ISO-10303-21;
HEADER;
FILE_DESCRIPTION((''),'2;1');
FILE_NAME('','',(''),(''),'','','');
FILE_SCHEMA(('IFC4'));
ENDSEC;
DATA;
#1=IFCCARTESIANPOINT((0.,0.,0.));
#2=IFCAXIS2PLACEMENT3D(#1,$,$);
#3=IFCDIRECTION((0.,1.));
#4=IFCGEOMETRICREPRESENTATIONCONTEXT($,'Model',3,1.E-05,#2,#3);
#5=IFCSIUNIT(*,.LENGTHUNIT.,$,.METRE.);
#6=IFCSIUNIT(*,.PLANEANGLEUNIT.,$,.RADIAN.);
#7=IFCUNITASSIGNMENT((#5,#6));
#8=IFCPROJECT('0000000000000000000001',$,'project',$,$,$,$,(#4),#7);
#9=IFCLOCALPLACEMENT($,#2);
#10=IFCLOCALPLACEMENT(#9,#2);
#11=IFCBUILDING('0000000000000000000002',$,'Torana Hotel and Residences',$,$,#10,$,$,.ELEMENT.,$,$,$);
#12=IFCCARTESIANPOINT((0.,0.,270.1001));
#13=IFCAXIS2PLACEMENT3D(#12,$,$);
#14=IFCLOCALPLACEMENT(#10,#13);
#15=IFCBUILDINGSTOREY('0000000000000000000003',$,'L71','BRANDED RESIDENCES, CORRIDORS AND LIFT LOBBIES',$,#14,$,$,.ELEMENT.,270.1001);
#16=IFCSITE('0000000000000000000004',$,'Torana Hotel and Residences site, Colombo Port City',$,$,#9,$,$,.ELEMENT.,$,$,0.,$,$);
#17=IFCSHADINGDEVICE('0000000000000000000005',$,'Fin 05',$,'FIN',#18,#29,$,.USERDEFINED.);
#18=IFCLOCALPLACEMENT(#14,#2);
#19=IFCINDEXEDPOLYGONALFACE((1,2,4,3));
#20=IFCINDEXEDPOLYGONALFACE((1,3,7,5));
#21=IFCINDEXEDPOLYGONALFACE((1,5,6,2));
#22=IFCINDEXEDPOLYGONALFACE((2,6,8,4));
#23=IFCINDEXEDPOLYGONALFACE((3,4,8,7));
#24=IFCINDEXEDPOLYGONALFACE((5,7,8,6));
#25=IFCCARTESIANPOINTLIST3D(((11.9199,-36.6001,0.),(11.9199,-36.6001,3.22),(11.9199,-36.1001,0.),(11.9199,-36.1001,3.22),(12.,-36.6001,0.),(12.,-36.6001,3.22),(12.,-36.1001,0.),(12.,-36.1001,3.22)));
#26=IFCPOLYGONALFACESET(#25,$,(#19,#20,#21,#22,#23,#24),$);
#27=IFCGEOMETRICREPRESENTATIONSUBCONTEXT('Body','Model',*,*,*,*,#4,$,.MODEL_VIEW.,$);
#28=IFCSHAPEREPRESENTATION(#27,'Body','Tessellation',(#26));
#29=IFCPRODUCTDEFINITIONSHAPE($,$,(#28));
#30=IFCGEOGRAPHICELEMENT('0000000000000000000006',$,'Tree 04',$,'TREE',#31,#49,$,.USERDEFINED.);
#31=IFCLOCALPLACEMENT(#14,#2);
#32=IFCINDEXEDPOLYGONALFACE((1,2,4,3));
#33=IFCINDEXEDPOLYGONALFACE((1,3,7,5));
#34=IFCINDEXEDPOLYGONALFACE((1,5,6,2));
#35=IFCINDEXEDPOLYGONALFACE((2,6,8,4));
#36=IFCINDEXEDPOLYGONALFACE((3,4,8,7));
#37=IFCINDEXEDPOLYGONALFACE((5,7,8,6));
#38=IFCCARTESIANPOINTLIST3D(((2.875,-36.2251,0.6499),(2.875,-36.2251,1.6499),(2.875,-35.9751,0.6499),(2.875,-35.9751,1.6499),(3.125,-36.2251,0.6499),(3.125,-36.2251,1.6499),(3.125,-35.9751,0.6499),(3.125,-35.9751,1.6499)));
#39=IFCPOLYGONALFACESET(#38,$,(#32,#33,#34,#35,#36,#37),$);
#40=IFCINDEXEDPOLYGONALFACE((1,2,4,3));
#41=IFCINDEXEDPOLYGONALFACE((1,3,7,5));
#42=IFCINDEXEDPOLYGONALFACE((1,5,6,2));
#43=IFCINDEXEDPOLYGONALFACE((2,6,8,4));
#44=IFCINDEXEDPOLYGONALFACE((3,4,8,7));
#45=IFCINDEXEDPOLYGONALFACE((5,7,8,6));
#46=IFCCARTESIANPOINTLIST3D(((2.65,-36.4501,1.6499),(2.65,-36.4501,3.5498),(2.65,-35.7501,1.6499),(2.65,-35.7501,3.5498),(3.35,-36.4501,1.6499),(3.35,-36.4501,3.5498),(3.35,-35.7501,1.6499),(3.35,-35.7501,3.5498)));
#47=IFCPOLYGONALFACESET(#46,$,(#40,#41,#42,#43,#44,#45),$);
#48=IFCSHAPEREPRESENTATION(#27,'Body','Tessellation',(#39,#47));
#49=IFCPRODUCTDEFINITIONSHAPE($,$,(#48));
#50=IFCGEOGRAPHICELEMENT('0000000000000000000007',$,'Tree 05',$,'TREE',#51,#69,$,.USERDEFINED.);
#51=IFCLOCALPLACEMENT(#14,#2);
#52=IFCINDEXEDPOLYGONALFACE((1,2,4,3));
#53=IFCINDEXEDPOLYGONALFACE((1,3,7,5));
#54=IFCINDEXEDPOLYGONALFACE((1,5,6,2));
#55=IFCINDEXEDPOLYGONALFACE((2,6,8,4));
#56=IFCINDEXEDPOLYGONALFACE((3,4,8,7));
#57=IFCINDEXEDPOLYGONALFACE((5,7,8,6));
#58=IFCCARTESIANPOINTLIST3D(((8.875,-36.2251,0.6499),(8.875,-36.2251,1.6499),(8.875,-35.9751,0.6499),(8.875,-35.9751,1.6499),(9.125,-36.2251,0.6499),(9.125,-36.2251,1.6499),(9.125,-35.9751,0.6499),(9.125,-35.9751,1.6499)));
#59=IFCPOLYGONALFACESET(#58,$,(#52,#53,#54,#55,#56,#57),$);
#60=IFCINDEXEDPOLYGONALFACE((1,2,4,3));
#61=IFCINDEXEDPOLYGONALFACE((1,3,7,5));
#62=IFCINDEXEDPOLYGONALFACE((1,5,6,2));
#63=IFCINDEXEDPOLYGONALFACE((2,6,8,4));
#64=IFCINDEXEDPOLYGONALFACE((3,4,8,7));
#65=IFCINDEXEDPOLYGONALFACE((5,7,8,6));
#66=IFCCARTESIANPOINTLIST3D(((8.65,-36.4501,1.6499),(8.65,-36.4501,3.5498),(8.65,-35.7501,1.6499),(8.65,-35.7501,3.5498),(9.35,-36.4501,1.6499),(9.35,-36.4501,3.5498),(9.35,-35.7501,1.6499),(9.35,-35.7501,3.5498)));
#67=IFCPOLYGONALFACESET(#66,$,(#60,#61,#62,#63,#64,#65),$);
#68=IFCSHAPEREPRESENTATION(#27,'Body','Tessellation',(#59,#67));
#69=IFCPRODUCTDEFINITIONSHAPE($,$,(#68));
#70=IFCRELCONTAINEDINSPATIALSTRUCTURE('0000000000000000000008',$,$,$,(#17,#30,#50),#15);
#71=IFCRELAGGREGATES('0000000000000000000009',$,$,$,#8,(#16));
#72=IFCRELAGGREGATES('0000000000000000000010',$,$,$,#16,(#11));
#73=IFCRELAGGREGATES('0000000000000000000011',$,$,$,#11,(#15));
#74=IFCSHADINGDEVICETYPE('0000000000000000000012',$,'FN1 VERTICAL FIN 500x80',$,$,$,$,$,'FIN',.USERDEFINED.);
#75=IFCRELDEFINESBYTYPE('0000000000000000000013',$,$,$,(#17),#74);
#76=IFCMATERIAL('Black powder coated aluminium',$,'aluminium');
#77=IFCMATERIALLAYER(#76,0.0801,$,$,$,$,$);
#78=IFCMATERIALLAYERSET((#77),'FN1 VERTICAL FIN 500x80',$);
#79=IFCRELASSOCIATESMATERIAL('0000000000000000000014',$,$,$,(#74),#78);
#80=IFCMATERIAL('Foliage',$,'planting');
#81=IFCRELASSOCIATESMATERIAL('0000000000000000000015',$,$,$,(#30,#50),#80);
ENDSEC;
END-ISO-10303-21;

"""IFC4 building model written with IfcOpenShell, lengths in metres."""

from ifc_helpers import new_model, si_unit, direction, frame, origin, origin_2d, place, context, subcontext, project, spatial, rectangle, extrude, material, layer, layer_set, type_object, element, save


model = new_model("IFC4")

# Units and contexts
model_context = context("Model", 3, precision=1e-05, world=origin(), true_north=direction((0.0, 1.0)))
body_context = subcontext(model_context, "Body", "Model", "MODEL_VIEW")
ifc_project = project(units=[si_unit("LENGTHUNIT", "METRE"), si_unit("PLANEANGLEUNIT", "RADIAN")], contexts=[model_context])

# Site, building, storey
site_placement = place(None, origin())
site = spatial("IfcSite", under=ifc_project, at=site_placement, Name="Torana Hotel and Residences site, Colombo Port City", CompositionType="ELEMENT", RefElevation=0.0)
building_placement = place(site_placement, origin())
building = spatial("IfcBuilding", under=site, at=building_placement, Name="Torana Hotel and Residences", CompositionType="ELEMENT")
storey_placement = place(building_placement, frame((0.0, 0.0, 270.1001)))
storey = spatial("IfcBuildingStorey", under=building, at=storey_placement, Name="L71", Description="BRANDED RESIDENCES, CORRIDORS AND LIFT LOBBIES", CompositionType="ELEMENT", Elevation=270.1001)

# Shading device
ifc_material_1 = material(Name="Black powder coated aluminium", Category="aluminium")
ifc_layer_1 = layer(ifc_material_1, 0.0801)
ifc_layer_set_1 = layer_set([ifc_layer_1], Name="FN1 VERTICAL FIN 500x80")
shading_device_type = type_object("IfcShadingDeviceType", Name="FN1 VERTICAL FIN 500x80", ElementType="FIN", PredefinedType="USERDEFINED", material=ifc_layer_set_1)
shading_device_placement = place(storey_placement, frame((11.96, -36.3501, 0.0), z_axis=(0.0, 0.0, 1.0), x_axis=(-1.0, 0.0, 0.0)))
element("IfcShadingDevice", 1, at=shading_device_placement, inside=storey, type_object=shading_device_type, Name="Fin 05", ObjectType="FIN", PredefinedType="USERDEFINED", context=body_context, shape_type="SweptSolid", body=[
    extrude(rectangle(XDim=0.0801, YDim=0.5, at=origin_2d()), origin(), (0.0, 0.0, 1.0), 3.22),
])

# Geographic elements
ifc_material_2 = material(Name="Foliage", Category="planting")
for number, where, z_axis, x_axis, name in (
    (2, (3.0, -36.1001, 0.6499), (0.0, 0.0, 1.0), (1.0, 0.0, 0.0), "Tree 04"),
    (3, (9.0, -36.1001, 0.6499), (0.0, 0.0, 1.0), (1.0, 0.0, 0.0), "Tree 05"),
):
    element("IfcGeographicElement", number, at=place(storey_placement, frame(where, z_axis=z_axis, x_axis=x_axis)), inside=storey, material=ifc_material_2, Name=name, ObjectType="TREE", PredefinedType="USERDEFINED", context=body_context, shape_type="SweptSolid", body=[
        extrude(rectangle(XDim=0.25, YDim=0.25, at=origin_2d()), origin(), (0.0, 0.0, 1.0), 1.0),
        extrude(rectangle(XDim=0.7, YDim=0.7, at=origin_2d()), frame((0.0, 0.0, 1.0)), (0.0, 0.0, 1.0), 1.8999),
    ])

save(model, "model.ifc")
